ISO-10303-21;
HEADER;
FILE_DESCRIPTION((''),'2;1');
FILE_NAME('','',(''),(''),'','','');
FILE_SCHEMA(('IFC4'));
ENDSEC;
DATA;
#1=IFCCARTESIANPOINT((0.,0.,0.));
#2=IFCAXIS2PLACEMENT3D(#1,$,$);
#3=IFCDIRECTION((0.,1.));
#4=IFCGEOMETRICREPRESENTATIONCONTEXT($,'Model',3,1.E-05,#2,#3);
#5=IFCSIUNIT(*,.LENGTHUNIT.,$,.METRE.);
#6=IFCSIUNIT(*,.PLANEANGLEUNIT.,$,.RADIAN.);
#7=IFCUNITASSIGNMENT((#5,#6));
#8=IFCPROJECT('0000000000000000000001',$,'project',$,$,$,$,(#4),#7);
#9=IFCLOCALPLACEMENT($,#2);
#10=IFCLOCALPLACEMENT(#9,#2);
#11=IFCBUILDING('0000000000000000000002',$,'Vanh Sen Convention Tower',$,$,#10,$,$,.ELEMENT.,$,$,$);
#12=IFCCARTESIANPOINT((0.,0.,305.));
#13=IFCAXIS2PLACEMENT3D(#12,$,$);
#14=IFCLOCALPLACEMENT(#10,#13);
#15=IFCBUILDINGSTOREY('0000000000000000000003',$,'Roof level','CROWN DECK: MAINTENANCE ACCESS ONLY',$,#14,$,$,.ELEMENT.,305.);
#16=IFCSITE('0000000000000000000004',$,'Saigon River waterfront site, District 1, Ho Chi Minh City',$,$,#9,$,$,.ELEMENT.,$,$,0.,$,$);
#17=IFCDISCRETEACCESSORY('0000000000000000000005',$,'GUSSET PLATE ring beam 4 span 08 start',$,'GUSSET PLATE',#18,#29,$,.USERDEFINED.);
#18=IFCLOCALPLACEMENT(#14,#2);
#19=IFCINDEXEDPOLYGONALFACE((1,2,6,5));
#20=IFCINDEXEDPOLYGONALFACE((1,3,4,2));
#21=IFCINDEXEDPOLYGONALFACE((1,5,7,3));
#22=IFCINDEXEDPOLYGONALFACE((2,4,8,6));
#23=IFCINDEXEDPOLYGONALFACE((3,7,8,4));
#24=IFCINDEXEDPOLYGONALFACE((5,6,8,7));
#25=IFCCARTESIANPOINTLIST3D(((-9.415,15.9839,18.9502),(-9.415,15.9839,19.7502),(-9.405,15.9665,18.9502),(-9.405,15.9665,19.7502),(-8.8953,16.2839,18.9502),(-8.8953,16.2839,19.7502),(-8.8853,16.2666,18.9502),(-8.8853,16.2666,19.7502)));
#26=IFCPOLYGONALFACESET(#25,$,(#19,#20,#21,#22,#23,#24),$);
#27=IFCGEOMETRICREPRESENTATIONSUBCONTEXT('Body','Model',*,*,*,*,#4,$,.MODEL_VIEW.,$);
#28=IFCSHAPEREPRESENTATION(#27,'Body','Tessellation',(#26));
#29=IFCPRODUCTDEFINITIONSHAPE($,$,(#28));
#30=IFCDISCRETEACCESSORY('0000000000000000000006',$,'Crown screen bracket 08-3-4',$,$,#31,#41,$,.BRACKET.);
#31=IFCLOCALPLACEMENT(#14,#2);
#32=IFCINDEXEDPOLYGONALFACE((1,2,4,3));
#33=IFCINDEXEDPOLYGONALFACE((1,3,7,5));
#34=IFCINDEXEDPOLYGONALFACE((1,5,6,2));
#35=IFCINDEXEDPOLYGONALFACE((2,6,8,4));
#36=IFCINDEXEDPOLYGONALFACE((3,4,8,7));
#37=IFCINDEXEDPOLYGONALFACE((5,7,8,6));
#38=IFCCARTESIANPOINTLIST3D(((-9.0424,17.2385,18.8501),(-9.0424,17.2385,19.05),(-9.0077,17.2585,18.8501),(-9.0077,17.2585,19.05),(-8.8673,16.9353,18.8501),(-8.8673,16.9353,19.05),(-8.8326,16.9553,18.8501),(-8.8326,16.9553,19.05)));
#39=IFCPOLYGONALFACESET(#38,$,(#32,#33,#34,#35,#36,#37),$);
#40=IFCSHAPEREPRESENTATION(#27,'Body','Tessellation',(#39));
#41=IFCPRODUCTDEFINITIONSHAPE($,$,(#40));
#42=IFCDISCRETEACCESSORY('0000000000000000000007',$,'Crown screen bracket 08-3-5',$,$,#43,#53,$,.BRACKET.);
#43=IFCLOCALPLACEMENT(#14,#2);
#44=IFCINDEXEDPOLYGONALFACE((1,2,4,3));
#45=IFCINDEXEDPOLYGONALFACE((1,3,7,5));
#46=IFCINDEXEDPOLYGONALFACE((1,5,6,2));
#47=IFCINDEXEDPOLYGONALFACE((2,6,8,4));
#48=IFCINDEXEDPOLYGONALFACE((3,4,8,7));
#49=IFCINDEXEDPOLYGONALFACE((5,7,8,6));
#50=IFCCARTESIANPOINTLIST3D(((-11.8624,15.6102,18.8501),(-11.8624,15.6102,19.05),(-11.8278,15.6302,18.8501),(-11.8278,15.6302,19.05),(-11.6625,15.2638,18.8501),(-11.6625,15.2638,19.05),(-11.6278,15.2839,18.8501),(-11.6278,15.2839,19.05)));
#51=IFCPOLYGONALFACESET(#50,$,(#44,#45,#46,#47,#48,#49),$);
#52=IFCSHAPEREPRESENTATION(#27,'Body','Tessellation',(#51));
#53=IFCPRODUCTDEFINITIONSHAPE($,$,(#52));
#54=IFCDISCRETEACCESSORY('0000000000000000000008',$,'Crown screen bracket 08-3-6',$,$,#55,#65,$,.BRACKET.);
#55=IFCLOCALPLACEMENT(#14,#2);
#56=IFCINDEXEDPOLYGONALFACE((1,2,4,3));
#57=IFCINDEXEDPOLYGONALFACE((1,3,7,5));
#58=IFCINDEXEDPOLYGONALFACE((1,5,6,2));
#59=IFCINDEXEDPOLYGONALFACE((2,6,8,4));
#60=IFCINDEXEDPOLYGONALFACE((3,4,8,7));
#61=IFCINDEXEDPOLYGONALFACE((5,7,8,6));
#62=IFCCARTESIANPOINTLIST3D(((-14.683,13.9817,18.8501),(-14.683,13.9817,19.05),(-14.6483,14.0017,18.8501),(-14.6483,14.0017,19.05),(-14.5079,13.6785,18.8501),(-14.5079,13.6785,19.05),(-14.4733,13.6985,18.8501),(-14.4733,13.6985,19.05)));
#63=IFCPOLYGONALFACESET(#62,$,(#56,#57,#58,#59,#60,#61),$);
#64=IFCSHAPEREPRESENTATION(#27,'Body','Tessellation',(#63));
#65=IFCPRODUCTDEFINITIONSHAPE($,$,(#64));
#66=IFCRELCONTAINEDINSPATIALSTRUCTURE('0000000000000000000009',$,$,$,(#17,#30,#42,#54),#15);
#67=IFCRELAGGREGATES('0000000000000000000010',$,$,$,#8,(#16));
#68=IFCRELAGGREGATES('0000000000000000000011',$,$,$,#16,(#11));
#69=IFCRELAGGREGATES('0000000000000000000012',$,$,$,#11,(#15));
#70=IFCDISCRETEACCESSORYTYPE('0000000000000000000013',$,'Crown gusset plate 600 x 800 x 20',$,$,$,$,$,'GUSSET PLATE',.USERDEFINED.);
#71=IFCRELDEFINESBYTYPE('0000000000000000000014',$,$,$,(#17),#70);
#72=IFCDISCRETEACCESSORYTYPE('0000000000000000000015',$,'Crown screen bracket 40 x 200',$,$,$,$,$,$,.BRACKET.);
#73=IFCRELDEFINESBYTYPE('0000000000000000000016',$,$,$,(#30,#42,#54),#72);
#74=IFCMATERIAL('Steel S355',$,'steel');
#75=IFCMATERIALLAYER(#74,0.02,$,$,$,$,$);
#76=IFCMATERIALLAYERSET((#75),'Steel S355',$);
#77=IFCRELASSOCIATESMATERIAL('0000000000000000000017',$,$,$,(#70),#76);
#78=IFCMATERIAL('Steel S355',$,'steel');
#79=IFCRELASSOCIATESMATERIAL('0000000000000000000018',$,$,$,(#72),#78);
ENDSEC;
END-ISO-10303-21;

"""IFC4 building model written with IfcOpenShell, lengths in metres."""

from ifc_helpers import new_model, si_unit, direction, frame, origin, origin_2d, place, context, subcontext, project, spatial, rectangle, extrude, material, layer, layer_set, type_object, element, save


model = new_model("IFC4")

# Units and contexts
model_context = context("Model", 3, precision=1e-05, world=origin(), true_north=direction((0.0, 1.0)))
body_context = subcontext(model_context, "Body", "Model", "MODEL_VIEW")
ifc_project = project(units=[si_unit("LENGTHUNIT", "METRE"), si_unit("PLANEANGLEUNIT", "RADIAN")], contexts=[model_context])

# Site, building, storey
site_placement = place(None, origin())
site = spatial("IfcSite", under=ifc_project, at=site_placement, Name="Saigon River waterfront site, District 1, Ho Chi Minh City", CompositionType="ELEMENT", RefElevation=0.0)
building_placement = place(site_placement, origin())
building = spatial("IfcBuilding", under=site, at=building_placement, Name="Vanh Sen Convention Tower", CompositionType="ELEMENT")
storey_placement = place(building_placement, frame((0.0, 0.0, 305.0)))
storey = spatial("IfcBuildingStorey", under=building, at=storey_placement, Name="Roof level", Description="CROWN DECK: MAINTENANCE ACCESS ONLY", CompositionType="ELEMENT", Elevation=305.0)

# Discrete accessories
ifc_material_1 = material(Name="Steel S355", Category="steel")
ifc_layer_1 = layer(ifc_material_1, 0.02)
ifc_layer_set_1 = layer_set([ifc_layer_1], Name="Steel S355")
discrete_accessory_type_1 = type_object("IfcDiscreteAccessoryType", Name="Crown gusset plate 600 x 800 x 20", ElementType="GUSSET PLATE", PredefinedType="USERDEFINED", material=ifc_layer_set_1)
discrete_accessory_1_placement = place(storey_placement, frame((-9.1501, 16.1252, 18.9502), z_axis=(0.0, 0.0, 1.0), x_axis=(-0.866023, -0.500005, 0.0)))
element("IfcDiscreteAccessory", 1, at=discrete_accessory_1_placement, inside=storey, type_object=discrete_accessory_type_1, Name="GUSSET PLATE ring beam 4 span 08 start", ObjectType="GUSSET PLATE", PredefinedType="USERDEFINED", context=body_context, shape_type="SweptSolid", body=[
    extrude(rectangle(XDim=0.6001, YDim=0.02, at=origin_2d()), origin(), (0.0, 0.0, 1.0), 0.8),
])
ifc_material_2 = material(Name="Steel S355", Category="steel")
discrete_accessory_type_2 = type_object("IfcDiscreteAccessoryType", Name="Crown screen bracket 40 x 200", PredefinedType="BRACKET", material=ifc_material_2)
discrete_accessory_2_placement = place(storey_placement, frame((-8.9375, 17.0969, 18.8501), z_axis=(0.0, 0.0, 1.0), x_axis=(-0.500005, 0.866023, 0.0)))
element("IfcDiscreteAccessory", 2, at=discrete_accessory_2_placement, inside=storey, type_object=discrete_accessory_type_2, Name="Crown screen bracket 08-3-4", PredefinedType="BRACKET", context=body_context, shape_type="SweptSolid", body=[
    extrude(rectangle(XDim=0.3501, YDim=0.04, at=origin_2d()), origin(), (0.0, 0.0, 1.0), 0.2),
])
discrete_accessory_3_placement = place(storey_placement, frame((-11.7451, 15.447, 18.8501), z_axis=(0.0, 0.0, 1.0), x_axis=(-0.500005, 0.866023, 0.0)))
element("IfcDiscreteAccessory", 3, at=discrete_accessory_3_placement, inside=storey, type_object=discrete_accessory_type_2, Name="Crown screen bracket 08-3-5", PredefinedType="BRACKET", context=body_context, shape_type="SweptSolid", body=[
    extrude(rectangle(XDim=0.3999, YDim=0.04, at=origin_2d()), origin(), (0.0, 0.0, 1.0), 0.2),
])
discrete_accessory_4_placement = place(storey_placement, frame((-14.5781, 13.8401, 18.8501), z_axis=(0.0, 0.0, 1.0), x_axis=(-0.500005, 0.866023, 0.0)))
element("IfcDiscreteAccessory", 4, at=discrete_accessory_4_placement, inside=storey, type_object=discrete_accessory_type_2, Name="Crown screen bracket 08-3-6", PredefinedType="BRACKET", context=body_context, shape_type="SweptSolid", body=[
    extrude(rectangle(XDim=0.3501, YDim=0.04, at=origin_2d()), origin(), (0.0, 0.0, 1.0), 0.2),
])

save(model, "model.ifc")
